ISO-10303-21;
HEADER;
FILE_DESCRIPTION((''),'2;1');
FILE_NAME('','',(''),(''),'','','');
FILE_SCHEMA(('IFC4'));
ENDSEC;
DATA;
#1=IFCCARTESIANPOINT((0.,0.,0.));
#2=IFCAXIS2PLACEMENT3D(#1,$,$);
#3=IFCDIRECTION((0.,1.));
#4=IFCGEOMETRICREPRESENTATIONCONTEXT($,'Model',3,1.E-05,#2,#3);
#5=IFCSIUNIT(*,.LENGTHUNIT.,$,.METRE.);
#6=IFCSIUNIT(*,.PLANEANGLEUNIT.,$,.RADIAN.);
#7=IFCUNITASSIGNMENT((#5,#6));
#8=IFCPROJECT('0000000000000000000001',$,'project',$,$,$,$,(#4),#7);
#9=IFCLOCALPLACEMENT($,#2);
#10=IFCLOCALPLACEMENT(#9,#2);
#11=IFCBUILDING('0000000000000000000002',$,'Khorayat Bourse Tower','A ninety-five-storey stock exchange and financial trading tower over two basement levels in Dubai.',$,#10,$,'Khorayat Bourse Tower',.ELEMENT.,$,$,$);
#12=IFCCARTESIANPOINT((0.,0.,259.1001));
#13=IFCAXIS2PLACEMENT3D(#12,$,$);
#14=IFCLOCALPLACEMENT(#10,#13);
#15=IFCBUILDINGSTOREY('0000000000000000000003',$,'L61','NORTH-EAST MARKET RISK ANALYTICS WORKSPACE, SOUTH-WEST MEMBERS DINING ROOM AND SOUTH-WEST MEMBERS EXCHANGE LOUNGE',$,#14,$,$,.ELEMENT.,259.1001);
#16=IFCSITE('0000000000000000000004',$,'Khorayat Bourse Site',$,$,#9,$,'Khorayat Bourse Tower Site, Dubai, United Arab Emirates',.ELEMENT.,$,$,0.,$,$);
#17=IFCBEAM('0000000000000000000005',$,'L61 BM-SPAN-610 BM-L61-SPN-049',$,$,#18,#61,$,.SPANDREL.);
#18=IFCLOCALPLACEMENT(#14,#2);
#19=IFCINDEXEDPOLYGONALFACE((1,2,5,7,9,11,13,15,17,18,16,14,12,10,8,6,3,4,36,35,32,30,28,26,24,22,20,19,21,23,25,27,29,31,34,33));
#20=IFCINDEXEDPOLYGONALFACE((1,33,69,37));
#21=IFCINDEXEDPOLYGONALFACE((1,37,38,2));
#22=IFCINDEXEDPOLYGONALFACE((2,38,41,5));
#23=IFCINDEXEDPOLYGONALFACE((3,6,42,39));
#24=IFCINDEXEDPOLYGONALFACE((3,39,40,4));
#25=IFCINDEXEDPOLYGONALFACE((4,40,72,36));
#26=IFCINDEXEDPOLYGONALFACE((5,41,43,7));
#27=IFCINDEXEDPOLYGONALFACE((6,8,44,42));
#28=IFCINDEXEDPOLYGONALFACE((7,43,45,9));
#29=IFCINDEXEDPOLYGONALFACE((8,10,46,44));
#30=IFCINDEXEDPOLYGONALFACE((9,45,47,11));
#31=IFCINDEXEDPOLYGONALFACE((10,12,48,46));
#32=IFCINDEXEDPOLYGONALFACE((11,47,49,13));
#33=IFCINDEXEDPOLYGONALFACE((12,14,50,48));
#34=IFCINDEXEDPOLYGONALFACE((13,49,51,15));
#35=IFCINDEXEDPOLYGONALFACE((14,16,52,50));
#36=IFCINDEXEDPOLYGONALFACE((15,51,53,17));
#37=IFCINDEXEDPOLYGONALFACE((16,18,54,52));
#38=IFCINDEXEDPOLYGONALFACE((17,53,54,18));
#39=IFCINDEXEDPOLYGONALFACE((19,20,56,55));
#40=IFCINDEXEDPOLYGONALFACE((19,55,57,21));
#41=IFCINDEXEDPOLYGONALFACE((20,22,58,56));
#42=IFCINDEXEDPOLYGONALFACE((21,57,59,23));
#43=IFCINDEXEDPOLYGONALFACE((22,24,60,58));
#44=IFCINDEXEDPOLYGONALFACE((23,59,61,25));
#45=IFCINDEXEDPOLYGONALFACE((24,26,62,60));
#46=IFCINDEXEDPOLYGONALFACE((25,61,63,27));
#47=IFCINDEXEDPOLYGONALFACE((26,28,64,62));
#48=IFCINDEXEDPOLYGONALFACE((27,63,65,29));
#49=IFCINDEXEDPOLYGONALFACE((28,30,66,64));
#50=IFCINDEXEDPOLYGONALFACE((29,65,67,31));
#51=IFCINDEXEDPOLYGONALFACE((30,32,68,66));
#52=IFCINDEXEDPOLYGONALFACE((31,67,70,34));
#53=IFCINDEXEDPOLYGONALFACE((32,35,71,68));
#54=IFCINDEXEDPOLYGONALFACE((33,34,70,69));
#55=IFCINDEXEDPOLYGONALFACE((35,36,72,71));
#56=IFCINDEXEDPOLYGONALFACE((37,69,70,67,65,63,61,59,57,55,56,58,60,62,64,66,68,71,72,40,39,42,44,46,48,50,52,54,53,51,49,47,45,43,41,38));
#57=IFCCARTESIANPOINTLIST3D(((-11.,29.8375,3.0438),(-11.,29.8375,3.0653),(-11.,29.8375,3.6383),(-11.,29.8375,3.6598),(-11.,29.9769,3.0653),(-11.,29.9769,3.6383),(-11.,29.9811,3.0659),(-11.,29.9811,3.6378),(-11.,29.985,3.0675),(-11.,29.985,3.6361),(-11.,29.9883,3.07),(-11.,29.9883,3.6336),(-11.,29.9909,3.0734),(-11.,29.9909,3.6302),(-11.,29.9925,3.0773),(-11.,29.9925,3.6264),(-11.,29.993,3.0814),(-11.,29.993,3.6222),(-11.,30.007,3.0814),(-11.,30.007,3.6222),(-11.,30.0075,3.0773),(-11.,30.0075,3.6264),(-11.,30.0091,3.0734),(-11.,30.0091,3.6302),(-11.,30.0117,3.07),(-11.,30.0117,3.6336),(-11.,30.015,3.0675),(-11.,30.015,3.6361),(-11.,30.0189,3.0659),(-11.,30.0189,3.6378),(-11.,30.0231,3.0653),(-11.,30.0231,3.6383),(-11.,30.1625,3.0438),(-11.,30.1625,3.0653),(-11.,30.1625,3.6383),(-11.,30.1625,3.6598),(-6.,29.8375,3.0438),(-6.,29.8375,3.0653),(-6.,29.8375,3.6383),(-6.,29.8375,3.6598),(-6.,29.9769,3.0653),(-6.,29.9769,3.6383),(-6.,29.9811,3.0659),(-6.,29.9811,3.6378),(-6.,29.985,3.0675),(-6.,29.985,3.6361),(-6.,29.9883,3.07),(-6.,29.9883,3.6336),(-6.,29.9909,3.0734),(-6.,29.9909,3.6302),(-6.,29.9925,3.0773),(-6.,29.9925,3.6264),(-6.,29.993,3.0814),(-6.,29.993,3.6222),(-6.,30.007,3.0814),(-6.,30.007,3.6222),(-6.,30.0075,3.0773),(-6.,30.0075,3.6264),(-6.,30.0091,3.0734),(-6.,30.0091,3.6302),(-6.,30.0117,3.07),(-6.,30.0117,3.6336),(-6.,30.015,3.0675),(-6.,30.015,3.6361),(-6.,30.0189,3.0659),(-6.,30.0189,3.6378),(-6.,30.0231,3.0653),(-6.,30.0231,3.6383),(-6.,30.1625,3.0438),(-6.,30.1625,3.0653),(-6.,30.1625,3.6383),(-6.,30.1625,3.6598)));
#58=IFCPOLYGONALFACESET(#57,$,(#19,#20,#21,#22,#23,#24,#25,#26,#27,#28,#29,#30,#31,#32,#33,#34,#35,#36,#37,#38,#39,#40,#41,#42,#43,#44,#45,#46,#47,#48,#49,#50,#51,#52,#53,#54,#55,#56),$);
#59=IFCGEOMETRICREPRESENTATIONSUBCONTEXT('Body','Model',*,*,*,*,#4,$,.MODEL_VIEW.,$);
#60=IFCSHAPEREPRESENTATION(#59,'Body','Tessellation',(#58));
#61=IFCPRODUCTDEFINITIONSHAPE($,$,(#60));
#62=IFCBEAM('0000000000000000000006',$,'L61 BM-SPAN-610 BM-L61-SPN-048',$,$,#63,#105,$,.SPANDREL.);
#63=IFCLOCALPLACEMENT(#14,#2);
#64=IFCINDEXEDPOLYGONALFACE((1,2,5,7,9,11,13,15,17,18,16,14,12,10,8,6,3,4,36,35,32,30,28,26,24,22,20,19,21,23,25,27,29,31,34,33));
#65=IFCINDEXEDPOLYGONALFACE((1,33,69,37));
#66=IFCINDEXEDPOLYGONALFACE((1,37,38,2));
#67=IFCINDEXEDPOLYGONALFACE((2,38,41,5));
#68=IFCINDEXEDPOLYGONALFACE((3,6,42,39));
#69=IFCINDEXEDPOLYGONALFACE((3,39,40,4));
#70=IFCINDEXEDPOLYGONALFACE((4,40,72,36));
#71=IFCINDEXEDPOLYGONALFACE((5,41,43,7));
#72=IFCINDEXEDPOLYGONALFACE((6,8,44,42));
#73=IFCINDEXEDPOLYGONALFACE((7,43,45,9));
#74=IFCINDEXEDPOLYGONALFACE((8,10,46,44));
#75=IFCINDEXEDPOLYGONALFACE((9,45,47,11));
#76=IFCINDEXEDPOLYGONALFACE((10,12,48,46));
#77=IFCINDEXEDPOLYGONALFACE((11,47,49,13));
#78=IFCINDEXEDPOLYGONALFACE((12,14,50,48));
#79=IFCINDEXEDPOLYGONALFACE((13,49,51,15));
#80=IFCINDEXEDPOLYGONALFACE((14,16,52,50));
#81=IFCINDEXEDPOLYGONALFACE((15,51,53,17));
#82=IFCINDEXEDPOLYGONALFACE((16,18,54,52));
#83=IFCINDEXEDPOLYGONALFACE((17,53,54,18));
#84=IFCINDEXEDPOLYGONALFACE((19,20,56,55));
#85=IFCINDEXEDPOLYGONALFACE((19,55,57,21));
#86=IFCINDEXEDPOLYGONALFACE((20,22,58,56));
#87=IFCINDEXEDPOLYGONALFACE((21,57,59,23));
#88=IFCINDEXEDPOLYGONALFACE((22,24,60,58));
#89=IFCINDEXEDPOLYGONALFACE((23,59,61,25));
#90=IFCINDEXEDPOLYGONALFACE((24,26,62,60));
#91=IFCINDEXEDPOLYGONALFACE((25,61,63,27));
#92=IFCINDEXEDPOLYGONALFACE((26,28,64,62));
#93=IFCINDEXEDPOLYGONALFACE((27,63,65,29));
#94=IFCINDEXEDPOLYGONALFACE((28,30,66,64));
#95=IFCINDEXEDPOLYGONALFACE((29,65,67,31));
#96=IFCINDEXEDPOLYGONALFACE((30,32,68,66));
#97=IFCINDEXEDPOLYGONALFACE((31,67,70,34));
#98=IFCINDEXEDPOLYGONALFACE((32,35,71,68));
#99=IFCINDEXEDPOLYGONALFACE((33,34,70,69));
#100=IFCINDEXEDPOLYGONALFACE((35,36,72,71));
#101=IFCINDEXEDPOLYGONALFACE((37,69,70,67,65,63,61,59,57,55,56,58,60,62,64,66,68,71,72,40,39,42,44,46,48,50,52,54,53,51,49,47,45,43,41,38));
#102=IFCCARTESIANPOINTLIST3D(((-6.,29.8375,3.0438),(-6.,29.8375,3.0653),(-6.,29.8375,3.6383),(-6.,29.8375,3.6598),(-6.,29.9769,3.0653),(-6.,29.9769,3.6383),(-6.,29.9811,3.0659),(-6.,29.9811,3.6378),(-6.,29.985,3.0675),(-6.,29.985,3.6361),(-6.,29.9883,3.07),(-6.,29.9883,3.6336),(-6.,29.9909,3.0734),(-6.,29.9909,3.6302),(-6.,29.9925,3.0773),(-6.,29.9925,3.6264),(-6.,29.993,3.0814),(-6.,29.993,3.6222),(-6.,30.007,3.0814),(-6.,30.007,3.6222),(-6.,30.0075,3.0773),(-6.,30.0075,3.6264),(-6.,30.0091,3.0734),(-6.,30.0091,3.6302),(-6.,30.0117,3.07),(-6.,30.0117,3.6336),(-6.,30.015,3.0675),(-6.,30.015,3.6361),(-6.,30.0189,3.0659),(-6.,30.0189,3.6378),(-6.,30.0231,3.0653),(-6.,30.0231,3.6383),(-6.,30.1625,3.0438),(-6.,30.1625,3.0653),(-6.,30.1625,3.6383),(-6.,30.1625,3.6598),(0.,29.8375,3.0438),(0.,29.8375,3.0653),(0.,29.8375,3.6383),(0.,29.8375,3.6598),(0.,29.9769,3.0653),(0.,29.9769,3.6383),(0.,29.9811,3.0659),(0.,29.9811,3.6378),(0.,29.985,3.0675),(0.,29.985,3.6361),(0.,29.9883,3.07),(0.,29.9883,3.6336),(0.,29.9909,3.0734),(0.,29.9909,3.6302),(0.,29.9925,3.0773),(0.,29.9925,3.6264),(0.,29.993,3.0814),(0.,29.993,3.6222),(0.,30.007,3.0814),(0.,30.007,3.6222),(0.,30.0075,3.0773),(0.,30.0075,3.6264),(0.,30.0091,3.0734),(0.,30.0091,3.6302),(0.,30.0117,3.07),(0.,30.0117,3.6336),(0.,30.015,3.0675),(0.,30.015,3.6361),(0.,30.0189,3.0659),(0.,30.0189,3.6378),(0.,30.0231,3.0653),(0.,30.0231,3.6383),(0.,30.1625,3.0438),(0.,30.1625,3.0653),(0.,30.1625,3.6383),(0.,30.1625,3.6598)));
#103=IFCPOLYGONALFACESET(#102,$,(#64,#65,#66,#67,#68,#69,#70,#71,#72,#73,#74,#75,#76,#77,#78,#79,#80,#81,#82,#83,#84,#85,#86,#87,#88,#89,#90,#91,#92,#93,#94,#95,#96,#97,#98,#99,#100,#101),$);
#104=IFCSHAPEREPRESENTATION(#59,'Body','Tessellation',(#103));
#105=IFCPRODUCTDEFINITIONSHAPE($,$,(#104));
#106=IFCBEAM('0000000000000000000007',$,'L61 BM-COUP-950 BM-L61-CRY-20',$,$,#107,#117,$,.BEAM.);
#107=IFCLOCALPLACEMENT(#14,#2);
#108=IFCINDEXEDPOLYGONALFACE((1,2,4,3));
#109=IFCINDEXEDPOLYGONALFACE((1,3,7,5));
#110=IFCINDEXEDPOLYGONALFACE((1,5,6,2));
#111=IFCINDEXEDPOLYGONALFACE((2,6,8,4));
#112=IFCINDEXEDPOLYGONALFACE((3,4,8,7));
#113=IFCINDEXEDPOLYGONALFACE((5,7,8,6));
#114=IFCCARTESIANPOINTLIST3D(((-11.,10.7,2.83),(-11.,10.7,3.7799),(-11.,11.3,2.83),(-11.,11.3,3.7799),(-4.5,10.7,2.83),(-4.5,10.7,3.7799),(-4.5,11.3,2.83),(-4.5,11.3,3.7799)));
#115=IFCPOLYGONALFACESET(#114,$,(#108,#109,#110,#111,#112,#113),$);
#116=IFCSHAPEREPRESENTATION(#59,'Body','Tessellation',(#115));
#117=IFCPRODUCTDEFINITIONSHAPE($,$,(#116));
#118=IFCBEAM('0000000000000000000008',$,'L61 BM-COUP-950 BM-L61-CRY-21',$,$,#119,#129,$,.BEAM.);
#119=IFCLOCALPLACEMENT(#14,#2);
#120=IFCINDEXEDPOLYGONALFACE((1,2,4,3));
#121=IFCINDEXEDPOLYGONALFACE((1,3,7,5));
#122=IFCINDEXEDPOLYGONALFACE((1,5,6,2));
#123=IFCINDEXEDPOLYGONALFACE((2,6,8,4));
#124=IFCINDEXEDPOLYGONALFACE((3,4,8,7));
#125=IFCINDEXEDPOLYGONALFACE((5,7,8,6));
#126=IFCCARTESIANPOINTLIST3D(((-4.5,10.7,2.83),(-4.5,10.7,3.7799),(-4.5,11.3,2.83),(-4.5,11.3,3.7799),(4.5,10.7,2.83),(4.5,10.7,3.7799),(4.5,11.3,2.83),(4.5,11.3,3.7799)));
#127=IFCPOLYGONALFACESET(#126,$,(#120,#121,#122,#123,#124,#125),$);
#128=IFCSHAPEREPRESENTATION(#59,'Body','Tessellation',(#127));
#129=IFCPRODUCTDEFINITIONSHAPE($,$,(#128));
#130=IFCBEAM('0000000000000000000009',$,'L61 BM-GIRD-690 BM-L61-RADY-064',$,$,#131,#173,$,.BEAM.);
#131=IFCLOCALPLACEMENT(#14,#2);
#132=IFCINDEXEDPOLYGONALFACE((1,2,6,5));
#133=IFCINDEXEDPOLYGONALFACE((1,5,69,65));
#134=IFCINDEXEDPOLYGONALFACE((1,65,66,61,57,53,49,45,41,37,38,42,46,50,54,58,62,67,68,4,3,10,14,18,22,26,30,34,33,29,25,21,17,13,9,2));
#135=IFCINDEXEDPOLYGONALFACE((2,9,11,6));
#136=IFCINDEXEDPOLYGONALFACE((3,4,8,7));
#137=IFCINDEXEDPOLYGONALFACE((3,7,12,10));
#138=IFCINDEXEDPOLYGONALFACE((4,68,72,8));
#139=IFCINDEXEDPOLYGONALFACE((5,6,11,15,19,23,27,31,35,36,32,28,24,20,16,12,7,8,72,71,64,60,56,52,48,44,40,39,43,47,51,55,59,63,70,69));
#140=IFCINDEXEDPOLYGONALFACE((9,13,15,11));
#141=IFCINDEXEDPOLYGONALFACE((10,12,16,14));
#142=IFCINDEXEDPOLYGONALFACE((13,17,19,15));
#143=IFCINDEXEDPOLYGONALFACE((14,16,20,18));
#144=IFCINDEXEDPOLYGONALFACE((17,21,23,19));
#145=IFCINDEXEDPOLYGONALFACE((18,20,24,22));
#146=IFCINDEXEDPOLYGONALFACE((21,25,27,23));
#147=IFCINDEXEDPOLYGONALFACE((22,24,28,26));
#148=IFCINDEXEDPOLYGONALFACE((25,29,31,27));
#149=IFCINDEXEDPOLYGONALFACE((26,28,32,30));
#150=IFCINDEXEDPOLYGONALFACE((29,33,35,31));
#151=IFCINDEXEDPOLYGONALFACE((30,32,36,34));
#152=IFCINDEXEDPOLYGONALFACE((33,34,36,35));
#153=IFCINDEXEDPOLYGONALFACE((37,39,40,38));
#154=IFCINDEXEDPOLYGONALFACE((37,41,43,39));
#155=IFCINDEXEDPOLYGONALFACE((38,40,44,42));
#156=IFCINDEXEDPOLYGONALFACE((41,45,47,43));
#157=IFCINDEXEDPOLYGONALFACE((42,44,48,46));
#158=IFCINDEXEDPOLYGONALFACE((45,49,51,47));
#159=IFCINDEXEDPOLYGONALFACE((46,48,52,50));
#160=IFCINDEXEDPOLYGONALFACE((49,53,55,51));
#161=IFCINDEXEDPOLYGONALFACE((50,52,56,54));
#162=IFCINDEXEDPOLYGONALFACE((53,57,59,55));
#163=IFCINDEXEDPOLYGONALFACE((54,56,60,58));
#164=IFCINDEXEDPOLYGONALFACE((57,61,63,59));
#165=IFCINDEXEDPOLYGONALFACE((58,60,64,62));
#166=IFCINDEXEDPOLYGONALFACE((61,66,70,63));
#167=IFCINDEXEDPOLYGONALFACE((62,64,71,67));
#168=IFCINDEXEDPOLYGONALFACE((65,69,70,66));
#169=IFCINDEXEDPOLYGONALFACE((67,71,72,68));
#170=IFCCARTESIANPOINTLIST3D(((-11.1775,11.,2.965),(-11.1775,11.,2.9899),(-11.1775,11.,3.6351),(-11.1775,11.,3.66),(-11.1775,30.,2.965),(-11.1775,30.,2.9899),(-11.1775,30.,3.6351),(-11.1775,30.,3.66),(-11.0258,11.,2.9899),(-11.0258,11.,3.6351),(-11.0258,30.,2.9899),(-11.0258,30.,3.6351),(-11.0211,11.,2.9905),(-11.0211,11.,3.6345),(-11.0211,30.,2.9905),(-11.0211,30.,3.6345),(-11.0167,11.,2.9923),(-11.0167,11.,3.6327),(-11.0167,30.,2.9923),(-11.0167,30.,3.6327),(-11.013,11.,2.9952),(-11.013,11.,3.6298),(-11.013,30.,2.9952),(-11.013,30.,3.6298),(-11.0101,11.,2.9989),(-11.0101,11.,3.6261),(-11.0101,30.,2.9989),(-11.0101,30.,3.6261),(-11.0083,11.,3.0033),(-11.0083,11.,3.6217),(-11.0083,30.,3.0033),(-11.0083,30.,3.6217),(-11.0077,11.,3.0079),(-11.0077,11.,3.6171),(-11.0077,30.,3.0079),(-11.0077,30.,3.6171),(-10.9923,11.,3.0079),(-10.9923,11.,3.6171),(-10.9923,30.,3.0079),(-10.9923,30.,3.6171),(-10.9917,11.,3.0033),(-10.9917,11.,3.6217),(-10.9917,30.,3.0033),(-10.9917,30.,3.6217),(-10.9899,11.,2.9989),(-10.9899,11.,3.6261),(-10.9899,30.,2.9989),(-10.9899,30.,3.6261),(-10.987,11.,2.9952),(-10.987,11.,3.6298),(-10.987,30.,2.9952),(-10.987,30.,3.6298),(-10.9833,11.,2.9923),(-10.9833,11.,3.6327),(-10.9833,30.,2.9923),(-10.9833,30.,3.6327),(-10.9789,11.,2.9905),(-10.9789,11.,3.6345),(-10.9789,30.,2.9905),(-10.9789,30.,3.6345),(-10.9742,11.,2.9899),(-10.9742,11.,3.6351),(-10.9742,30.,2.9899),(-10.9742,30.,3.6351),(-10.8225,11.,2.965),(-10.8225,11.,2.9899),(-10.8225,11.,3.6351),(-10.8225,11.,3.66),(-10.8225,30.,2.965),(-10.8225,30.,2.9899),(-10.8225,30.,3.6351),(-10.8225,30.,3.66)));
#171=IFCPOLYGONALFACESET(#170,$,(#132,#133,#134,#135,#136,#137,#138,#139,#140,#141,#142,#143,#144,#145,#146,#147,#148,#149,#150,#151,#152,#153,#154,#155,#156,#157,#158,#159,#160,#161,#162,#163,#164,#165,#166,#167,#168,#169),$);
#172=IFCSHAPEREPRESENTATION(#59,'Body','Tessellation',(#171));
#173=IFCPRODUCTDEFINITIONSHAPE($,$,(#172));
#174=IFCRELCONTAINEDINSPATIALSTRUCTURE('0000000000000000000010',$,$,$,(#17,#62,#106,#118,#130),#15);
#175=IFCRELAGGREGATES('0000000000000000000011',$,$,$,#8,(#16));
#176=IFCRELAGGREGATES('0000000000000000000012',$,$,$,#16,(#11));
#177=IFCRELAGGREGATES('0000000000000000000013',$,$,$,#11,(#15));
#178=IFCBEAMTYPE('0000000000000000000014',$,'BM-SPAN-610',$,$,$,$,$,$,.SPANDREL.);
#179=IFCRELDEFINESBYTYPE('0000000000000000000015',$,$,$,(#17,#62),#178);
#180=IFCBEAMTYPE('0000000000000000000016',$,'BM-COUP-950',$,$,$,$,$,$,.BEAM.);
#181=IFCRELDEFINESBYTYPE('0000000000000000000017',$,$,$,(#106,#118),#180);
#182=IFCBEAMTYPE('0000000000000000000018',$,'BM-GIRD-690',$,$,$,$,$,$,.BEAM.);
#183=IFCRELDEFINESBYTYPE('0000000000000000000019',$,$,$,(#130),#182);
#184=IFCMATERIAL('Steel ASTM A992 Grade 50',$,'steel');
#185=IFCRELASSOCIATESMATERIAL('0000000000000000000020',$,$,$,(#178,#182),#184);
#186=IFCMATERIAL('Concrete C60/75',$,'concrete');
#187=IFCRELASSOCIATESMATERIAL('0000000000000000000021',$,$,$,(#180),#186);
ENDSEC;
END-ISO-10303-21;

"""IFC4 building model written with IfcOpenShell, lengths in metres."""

from ifc_helpers import new_model, si_unit, direction, frame, origin, origin_2d, place, context, subcontext, project, spatial, rectangle, i_section, extrude, source, transform, mapped, material, material_profile, profile_set, type_object, element, save


model = new_model("IFC4")

# Units and contexts
model_context = context("Model", 3, precision=1e-05, world=origin(), true_north=direction((0.0, 1.0)))
body_context = subcontext(model_context, "Body", "Model", "MODEL_VIEW")
ifc_project = project(units=[si_unit("LENGTHUNIT", "METRE"), si_unit("PLANEANGLEUNIT", "RADIAN")], contexts=[model_context])

# Site, building, storey
site_placement = place(None, origin())
site = spatial("IfcSite", under=ifc_project, at=site_placement, Name="Khorayat Bourse Site", LongName="Khorayat Bourse Tower Site, Dubai, United Arab Emirates", CompositionType="ELEMENT", RefElevation=0.0)
building_placement = place(site_placement, origin())
building = spatial("IfcBuilding", under=site, at=building_placement, Name="Khorayat Bourse Tower", Description="A ninety-five-storey stock exchange and financial trading tower over two basement levels in Dubai.", LongName="Khorayat Bourse Tower", CompositionType="ELEMENT")
storey_placement = place(building_placement, frame((0.0, 0.0, 259.1001)))
storey = spatial("IfcBuildingStorey", under=building, at=storey_placement, Name="L61", Description="NORTH-EAST MARKET RISK ANALYTICS WORKSPACE, SOUTH-WEST MEMBERS DINING ROOM AND SOUTH-WEST MEMBERS EXCHANGE LOUNGE", CompositionType="ELEMENT", Elevation=259.1001)

# Shared definitions
ifc_material_1 = material(Name="Concrete C60/75", Category="concrete")

# Beams
ifc_material_2 = material(Name="Steel ASTM A992 Grade 50", Category="steel")
ifc_material_profile_1 = material_profile(ifc_material_2, i_section(OverallWidth=0.325, OverallDepth=0.616, WebThickness=0.0139, FlangeThickness=0.0215, FilletRadius=0.0161, at=origin_2d()), Name="W610X174")
ifc_profile_set_1 = profile_set([ifc_material_profile_1], Name="Steel ASTM A992 Grade 50")
beam_type_1 = type_object("IfcBeamType", Name="BM-SPAN-610", PredefinedType="SPANDREL", material=ifc_profile_set_1)
shared_shape_1 = source(origin(), body_context, "Body", "SweptSolid", [
    extrude(i_section(OverallWidth=0.325, OverallDepth=0.616, WebThickness=0.0139, FlangeThickness=0.0215, FilletRadius=0.0161, at=origin_2d()), origin(), (0.0, 0.0, 1.0), 5.0),
])
beam_1_placement = place(storey_placement, frame((-11.0, 30.0, 3.3518), z_axis=(1.0, 0.0, 0.0), x_axis=(0.0, 1.0, 0.0)))
element("IfcBeam", 1, at=beam_1_placement, inside=storey, type_object=beam_type_1, Name="L61 BM-SPAN-610 BM-L61-SPN-049", PredefinedType="SPANDREL", context=body_context, shape_type="MappedRepresentation", body=[
    mapped(shared_shape_1, transform((0.0, 0.0, 0.0), scale=1.0)),
])
shared_shape_2 = source(origin(), body_context, "Body", "SweptSolid", [
    extrude(i_section(OverallWidth=0.325, OverallDepth=0.616, WebThickness=0.0139, FlangeThickness=0.0215, FilletRadius=0.0161, at=origin_2d()), origin(), (0.0, 0.0, 1.0), 6.0),
])
beam_2_placement = place(storey_placement, frame((-6.0, 30.0, 3.3518), z_axis=(1.0, 0.0, 0.0), x_axis=(0.0, 1.0, 0.0)))
element("IfcBeam", 2, at=beam_2_placement, inside=storey, type_object=beam_type_1, Name="L61 BM-SPAN-610 BM-L61-SPN-048", PredefinedType="SPANDREL", context=body_context, shape_type="MappedRepresentation", body=[
    mapped(shared_shape_2, transform((0.0, 0.0, 0.0), scale=1.0)),
])
ifc_material_profile_2 = material_profile(ifc_material_1, rectangle(XDim=0.6001, YDim=0.95, at=origin_2d()), Name="RC 600x950")
ifc_profile_set_2 = profile_set([ifc_material_profile_2], Name="Concrete C60/75")
beam_type_2 = type_object("IfcBeamType", Name="BM-COUP-950", PredefinedType="BEAM", material=ifc_profile_set_2)
shared_shape_3 = source(origin(), body_context, "Body", "SweptSolid", [
    extrude(rectangle(XDim=0.6001, YDim=0.95, at=origin_2d()), origin(), (0.0, 0.0, 1.0), 6.5),
])
beam_3_placement = place(storey_placement, frame((-11.0, 11.0, 3.3049), z_axis=(1.0, 0.0, 0.0), x_axis=(0.0, 1.0, 0.0)))
element("IfcBeam", 3, at=beam_3_placement, inside=storey, type_object=beam_type_2, Name="L61 BM-COUP-950 BM-L61-CRY-20", PredefinedType="BEAM", context=body_context, shape_type="MappedRepresentation", body=[
    mapped(shared_shape_3, transform((0.0, 0.0, 0.0), scale=1.0)),
])
shared_shape_4 = source(origin(), body_context, "Body", "SweptSolid", [
    extrude(rectangle(XDim=0.6001, YDim=0.95, at=origin_2d()), origin(), (0.0, 0.0, 1.0), 9.0),
])
beam_4_placement = place(storey_placement, frame((-4.5, 11.0, 3.3049), z_axis=(1.0, 0.0, 0.0), x_axis=(0.0, 1.0, 0.0)))
element("IfcBeam", 4, at=beam_4_placement, inside=storey, type_object=beam_type_2, Name="L61 BM-COUP-950 BM-L61-CRY-21", PredefinedType="BEAM", context=body_context, shape_type="MappedRepresentation", body=[
    mapped(shared_shape_4, transform((0.0, 0.0, 0.0), scale=1.0)),
])
ifc_material_profile_3 = material_profile(ifc_material_2, i_section(OverallWidth=0.355, OverallDepth=0.6951, WebThickness=0.0154, FlangeThickness=0.0249, FilletRadius=0.0181, at=origin_2d()), Name="W690X217")
ifc_profile_set_3 = profile_set([ifc_material_profile_3], Name="Steel ASTM A992 Grade 50")
beam_type_3 = type_object("IfcBeamType", Name="BM-GIRD-690", PredefinedType="BEAM", material=ifc_profile_set_3)
shared_shape_5 = source(origin(), body_context, "Body", "SweptSolid", [
    extrude(i_section(OverallWidth=0.355, OverallDepth=0.6951, WebThickness=0.0154, FlangeThickness=0.0249, FilletRadius=0.0181, at=origin_2d()), origin(), (0.0, 0.0, 1.0), 19.0),
])
for number, where, z_axis, x_axis, name in (
    (5, (-11.0, 11.0, 3.3125), (0.0, 1.0, 0.0), (-1.0, 0.0, 0.0), "L61 BM-GIRD-690 BM-L61-RADY-064"),
):
    element("IfcBeam", number, at=place(storey_placement, frame(where, z_axis=z_axis, x_axis=x_axis)), inside=storey, type_object=beam_type_3, Name=name, PredefinedType="BEAM", context=body_context, shape_type="MappedRepresentation", body=[
        mapped(shared_shape_5, transform((0.0, 0.0, 0.0), scale=1.0)),
    ])

save(model, "model.ifc")
